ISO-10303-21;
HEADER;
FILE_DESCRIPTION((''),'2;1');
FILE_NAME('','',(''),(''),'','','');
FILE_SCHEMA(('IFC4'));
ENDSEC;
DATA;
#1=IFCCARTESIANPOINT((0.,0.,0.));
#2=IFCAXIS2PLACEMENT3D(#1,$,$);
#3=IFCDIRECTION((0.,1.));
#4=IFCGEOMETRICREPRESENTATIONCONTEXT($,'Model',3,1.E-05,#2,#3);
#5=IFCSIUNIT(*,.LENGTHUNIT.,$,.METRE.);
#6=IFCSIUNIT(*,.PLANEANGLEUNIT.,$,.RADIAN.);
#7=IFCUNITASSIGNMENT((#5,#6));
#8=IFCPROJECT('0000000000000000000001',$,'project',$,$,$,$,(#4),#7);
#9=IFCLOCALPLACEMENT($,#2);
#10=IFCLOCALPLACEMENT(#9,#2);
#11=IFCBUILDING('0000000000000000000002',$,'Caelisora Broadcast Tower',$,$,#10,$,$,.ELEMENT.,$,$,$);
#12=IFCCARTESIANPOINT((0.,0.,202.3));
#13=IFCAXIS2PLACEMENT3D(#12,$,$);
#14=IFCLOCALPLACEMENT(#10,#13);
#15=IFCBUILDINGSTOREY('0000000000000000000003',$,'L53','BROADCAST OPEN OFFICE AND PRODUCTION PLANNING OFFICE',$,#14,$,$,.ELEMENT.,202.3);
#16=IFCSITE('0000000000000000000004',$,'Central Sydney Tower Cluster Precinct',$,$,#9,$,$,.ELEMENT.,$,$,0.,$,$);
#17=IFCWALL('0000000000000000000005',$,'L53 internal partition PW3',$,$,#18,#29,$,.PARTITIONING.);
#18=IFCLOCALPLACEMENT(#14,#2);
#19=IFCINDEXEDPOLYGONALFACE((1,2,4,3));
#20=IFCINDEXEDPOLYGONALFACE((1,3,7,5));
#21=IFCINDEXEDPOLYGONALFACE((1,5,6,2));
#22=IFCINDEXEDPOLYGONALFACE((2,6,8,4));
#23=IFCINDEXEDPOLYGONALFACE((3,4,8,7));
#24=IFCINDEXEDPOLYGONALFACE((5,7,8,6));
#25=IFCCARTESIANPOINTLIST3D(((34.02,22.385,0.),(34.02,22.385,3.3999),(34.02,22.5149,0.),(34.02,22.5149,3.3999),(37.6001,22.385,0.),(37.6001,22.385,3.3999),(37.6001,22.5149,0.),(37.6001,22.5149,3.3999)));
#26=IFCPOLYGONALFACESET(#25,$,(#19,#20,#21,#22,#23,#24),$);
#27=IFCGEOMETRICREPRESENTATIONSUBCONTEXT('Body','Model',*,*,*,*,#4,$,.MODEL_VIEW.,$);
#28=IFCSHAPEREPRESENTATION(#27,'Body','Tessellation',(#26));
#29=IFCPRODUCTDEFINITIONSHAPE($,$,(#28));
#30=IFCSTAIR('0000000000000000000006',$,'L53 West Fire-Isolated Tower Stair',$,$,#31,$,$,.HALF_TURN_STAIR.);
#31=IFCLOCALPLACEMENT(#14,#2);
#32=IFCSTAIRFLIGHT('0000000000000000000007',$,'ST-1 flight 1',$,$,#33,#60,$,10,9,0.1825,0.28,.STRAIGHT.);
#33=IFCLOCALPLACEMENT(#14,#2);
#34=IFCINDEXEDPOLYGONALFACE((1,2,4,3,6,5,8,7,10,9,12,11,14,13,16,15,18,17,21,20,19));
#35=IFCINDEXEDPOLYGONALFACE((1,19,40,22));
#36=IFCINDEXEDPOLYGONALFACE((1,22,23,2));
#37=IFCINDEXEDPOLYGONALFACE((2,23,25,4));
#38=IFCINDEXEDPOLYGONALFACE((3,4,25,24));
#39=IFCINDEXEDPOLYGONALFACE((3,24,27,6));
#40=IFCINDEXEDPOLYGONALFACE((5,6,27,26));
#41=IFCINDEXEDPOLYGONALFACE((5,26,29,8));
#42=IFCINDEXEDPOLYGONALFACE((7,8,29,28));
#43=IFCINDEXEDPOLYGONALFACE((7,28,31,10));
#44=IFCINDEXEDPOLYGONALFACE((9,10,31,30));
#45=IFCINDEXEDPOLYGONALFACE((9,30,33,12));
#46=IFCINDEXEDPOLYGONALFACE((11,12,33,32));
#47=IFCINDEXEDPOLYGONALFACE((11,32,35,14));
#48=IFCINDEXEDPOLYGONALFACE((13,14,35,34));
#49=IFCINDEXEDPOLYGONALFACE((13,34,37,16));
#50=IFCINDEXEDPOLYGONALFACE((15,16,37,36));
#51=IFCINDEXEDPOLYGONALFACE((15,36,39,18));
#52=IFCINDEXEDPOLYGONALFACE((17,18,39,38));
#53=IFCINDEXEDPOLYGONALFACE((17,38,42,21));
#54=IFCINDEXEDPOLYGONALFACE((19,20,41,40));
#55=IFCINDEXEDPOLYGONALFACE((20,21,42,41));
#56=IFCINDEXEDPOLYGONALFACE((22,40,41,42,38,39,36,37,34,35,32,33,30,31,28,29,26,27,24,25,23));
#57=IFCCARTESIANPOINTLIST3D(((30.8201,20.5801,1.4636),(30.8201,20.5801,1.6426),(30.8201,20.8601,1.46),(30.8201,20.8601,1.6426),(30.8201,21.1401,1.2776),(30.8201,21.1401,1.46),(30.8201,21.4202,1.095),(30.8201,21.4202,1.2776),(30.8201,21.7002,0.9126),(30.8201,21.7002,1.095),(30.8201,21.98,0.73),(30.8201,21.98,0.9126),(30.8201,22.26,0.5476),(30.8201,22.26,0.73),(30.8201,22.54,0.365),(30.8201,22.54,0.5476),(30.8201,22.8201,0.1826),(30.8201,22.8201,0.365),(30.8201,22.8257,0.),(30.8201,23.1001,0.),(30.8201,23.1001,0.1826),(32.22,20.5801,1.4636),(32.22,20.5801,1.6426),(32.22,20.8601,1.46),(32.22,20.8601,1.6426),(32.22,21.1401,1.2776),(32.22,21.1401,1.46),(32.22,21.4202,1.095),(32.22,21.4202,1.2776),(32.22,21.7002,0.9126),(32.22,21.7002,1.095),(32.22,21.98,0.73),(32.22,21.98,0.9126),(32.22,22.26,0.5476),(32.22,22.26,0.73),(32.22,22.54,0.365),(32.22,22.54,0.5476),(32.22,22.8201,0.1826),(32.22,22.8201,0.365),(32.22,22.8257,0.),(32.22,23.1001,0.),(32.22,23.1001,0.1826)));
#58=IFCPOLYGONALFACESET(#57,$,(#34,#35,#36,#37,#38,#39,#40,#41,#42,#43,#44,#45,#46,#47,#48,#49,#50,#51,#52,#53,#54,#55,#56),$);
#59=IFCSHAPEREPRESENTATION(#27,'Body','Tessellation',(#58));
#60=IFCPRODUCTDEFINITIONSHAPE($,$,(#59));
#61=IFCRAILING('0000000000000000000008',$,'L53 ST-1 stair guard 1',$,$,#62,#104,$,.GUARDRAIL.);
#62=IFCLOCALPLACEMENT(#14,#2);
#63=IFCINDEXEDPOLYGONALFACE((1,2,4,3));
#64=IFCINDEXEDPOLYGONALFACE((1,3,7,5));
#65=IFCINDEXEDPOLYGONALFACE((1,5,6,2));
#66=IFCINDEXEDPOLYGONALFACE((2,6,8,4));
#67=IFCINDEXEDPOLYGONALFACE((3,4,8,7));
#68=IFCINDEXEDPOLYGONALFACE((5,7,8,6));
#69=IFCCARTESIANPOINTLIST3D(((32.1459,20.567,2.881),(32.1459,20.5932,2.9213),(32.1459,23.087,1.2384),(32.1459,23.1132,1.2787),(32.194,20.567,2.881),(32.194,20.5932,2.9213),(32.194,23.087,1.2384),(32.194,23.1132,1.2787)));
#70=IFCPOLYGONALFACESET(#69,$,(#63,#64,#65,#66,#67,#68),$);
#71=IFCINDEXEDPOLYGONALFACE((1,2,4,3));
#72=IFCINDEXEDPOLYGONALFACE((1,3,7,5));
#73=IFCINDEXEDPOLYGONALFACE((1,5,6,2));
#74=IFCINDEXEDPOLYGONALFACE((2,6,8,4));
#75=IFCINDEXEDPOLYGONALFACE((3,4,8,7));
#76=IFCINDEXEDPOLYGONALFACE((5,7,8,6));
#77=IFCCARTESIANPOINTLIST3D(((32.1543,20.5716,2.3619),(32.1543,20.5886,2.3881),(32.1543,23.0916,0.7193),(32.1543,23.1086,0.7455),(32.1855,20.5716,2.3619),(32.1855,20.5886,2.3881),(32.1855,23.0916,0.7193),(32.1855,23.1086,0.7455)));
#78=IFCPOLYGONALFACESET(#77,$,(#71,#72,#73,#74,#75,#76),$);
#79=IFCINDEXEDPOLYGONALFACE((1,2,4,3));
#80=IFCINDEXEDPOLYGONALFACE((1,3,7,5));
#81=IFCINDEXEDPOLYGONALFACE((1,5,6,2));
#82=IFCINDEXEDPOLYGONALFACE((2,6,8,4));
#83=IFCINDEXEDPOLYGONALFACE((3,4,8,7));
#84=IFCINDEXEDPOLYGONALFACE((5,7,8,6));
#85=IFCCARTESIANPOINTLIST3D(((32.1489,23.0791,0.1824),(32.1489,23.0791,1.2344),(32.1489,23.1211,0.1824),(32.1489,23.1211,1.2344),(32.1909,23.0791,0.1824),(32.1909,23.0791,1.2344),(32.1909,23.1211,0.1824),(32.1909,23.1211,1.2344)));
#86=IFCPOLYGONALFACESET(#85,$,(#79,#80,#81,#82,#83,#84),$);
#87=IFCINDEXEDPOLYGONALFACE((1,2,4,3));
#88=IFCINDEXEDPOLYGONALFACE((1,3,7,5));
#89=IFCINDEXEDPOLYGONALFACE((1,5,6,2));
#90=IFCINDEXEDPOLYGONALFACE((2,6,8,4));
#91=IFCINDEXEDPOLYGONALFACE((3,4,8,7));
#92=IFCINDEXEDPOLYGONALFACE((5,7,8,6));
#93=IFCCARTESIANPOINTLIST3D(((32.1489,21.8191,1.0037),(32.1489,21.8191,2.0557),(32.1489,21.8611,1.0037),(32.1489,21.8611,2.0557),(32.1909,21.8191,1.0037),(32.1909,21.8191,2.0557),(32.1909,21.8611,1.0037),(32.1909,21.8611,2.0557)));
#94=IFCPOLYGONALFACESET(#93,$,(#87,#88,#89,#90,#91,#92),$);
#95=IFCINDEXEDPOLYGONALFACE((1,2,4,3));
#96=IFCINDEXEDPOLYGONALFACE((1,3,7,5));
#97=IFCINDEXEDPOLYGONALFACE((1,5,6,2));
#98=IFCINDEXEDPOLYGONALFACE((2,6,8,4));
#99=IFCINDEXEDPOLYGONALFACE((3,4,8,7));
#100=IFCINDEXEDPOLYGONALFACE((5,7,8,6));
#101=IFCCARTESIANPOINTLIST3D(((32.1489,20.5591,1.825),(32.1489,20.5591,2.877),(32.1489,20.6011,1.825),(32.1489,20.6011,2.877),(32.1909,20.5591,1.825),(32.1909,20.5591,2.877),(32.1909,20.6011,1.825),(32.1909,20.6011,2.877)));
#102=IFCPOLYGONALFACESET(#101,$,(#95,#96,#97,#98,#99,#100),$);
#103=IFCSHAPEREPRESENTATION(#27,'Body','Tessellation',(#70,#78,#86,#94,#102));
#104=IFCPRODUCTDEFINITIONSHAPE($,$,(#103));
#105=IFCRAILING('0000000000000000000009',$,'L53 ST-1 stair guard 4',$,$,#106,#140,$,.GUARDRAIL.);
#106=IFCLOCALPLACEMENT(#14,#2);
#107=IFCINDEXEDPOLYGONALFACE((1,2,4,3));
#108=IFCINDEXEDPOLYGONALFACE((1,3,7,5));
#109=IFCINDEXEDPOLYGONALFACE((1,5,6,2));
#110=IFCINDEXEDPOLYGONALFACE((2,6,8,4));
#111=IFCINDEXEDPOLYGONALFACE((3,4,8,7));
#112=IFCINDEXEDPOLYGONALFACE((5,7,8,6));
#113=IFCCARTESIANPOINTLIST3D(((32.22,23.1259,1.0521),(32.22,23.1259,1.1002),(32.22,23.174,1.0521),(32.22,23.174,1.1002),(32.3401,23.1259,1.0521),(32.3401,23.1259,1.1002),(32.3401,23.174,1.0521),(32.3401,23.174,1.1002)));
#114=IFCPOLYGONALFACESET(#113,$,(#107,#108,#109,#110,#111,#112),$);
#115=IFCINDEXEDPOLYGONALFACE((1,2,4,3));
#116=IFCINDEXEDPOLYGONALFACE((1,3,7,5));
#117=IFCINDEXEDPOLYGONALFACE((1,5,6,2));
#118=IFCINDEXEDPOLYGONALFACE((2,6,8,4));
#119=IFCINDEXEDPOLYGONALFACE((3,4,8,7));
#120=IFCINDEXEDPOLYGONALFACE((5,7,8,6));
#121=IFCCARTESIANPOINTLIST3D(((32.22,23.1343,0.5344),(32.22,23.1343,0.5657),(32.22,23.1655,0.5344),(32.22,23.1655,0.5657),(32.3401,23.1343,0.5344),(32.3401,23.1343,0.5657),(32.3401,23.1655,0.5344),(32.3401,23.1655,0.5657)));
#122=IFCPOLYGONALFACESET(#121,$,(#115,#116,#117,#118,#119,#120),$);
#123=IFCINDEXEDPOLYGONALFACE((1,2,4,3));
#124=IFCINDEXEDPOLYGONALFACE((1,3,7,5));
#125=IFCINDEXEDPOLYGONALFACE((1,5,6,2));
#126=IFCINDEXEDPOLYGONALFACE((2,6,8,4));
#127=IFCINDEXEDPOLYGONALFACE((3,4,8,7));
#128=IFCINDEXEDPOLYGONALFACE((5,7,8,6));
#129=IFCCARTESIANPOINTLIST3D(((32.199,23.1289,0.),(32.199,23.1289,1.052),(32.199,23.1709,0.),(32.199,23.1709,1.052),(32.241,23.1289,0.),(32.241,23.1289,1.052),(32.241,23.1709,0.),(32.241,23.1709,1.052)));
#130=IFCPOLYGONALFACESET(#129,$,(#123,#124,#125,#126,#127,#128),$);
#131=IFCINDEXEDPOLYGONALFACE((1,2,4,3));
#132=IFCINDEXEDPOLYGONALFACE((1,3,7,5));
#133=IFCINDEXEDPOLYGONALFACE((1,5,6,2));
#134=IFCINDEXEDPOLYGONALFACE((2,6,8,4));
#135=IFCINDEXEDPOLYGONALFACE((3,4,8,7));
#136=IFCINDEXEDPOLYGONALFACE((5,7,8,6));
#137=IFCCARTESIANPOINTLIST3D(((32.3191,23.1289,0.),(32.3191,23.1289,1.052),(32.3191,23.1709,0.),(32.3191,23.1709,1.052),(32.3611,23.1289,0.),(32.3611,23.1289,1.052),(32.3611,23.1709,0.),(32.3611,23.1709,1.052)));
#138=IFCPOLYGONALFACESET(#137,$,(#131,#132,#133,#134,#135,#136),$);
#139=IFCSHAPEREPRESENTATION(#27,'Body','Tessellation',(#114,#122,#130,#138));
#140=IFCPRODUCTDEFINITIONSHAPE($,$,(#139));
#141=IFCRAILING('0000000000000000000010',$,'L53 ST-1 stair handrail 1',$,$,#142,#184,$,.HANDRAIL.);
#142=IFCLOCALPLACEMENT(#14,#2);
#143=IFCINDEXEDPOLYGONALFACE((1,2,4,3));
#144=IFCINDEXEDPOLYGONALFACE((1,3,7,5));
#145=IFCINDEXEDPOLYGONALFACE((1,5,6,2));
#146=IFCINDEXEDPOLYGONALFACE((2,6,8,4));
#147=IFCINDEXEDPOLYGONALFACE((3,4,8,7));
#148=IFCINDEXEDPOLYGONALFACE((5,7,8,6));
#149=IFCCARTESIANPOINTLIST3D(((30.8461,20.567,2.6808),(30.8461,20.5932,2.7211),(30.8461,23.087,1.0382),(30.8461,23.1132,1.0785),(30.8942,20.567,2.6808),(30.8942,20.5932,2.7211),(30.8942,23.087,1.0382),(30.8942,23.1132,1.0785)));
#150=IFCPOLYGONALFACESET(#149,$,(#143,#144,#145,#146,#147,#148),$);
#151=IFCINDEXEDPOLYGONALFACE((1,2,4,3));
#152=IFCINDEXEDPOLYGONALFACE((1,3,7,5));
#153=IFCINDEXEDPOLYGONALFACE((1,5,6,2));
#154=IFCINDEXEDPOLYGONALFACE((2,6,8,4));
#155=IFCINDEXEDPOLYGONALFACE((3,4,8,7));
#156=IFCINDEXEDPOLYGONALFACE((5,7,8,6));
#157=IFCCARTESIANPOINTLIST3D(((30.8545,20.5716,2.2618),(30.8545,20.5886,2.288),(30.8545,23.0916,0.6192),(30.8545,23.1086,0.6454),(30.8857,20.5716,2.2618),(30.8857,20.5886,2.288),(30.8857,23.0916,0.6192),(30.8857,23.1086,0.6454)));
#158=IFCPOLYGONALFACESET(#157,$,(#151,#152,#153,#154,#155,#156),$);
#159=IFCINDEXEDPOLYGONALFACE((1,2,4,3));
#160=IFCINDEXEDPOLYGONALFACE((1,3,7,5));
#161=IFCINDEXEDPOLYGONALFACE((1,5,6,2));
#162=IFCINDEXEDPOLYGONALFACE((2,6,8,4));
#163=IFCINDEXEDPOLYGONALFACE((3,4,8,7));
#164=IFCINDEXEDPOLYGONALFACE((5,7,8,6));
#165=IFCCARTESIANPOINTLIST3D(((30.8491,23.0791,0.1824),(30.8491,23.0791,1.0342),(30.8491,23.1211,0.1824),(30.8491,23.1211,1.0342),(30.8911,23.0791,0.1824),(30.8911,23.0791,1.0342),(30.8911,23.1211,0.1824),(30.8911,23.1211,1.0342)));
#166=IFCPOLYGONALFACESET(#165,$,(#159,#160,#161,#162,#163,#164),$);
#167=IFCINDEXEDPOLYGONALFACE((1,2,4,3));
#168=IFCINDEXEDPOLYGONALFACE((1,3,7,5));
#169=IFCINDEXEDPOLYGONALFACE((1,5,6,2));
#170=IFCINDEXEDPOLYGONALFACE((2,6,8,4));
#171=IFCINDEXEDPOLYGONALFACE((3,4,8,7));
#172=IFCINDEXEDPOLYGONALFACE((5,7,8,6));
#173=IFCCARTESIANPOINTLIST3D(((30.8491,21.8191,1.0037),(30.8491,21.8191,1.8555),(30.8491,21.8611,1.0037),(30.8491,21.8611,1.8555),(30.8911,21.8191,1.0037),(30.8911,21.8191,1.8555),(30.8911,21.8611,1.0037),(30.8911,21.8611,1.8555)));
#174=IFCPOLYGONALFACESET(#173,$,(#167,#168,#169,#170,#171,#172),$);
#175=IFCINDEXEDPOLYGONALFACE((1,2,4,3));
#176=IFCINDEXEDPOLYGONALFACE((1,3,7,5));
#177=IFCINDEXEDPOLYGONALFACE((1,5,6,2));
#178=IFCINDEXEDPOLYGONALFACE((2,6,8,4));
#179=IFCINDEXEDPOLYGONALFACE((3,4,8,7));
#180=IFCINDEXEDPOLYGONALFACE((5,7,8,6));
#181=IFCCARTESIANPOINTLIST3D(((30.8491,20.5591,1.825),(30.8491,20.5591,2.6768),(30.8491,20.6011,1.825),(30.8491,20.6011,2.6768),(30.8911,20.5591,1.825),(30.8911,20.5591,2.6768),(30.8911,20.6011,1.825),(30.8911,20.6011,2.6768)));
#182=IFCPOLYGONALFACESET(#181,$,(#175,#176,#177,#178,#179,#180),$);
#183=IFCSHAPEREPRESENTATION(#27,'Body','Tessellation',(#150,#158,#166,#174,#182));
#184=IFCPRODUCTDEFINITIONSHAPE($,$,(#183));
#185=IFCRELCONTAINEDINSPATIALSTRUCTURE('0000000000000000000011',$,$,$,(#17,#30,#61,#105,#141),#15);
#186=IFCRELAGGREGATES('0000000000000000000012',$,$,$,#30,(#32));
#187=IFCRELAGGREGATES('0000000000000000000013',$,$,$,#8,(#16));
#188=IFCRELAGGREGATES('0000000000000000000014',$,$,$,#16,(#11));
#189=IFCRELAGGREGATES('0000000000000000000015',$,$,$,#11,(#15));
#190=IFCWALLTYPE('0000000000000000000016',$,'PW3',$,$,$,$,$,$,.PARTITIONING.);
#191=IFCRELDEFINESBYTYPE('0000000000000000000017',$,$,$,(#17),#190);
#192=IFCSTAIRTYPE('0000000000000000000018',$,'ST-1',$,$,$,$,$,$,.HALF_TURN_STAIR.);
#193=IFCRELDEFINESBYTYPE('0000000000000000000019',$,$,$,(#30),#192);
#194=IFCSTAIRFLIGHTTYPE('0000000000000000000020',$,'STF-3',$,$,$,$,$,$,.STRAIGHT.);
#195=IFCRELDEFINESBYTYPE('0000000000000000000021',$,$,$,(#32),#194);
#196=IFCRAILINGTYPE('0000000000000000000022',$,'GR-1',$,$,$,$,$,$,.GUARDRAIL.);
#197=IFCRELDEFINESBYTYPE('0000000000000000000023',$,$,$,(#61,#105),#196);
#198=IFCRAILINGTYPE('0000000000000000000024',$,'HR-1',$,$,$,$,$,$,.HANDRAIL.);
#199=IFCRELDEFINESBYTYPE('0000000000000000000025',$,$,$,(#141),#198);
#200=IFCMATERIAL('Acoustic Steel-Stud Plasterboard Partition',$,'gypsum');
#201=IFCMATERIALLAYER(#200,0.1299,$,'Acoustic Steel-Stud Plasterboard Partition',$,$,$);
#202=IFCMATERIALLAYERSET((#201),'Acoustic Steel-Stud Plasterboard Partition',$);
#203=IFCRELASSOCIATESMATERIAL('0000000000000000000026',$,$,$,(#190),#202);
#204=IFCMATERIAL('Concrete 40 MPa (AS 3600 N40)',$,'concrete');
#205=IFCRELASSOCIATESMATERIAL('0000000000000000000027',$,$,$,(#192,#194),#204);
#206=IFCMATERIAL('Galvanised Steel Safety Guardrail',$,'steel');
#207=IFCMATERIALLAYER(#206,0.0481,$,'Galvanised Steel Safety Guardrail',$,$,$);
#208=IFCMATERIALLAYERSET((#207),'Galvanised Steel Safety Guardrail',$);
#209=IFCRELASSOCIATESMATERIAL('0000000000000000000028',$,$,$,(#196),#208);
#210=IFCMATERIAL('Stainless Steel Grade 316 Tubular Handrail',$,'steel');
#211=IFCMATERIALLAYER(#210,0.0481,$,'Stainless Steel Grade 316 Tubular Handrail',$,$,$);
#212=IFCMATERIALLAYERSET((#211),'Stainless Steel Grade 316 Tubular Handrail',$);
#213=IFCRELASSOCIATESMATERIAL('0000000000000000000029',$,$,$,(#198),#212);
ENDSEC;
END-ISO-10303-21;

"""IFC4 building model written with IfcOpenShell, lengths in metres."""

from ifc_helpers import new_model, si_unit, direction, frame, frame_2d, origin, origin_2d, place, context, subcontext, project, spatial, polyline, rectangle, outline, extrude, material, layer, layer_set, type_object, element, aggregate, save


model = new_model("IFC4")

# Units and contexts
model_context = context("Model", 3, precision=1e-05, world=origin(), true_north=direction((0.0, 1.0)))
body_context = subcontext(model_context, "Body", "Model", "MODEL_VIEW")
ifc_project = project(units=[si_unit("LENGTHUNIT", "METRE"), si_unit("PLANEANGLEUNIT", "RADIAN")], contexts=[model_context])

# Site, building, storey
site_placement = place(None, origin())
site = spatial("IfcSite", under=ifc_project, at=site_placement, Name="Central Sydney Tower Cluster Precinct", CompositionType="ELEMENT", RefElevation=0.0)
building_placement = place(site_placement, origin())
building = spatial("IfcBuilding", under=site, at=building_placement, Name="Caelisora Broadcast Tower", CompositionType="ELEMENT")
storey_placement = place(building_placement, frame((0.0, 0.0, 202.3)))
storey = spatial("IfcBuildingStorey", under=building, at=storey_placement, Name="L53", Description="BROADCAST OPEN OFFICE AND PRODUCTION PLANNING OFFICE", CompositionType="ELEMENT", Elevation=202.3)

# Wall
ifc_material_1 = material(Name="Acoustic Steel-Stud Plasterboard Partition", Category="gypsum")
ifc_layer_1 = layer(ifc_material_1, 0.1299, Name="Acoustic Steel-Stud Plasterboard Partition")
ifc_layer_set_1 = layer_set([ifc_layer_1], Name="Acoustic Steel-Stud Plasterboard Partition")
wall_type_1 = type_object("IfcWallType", Name="PW3", PredefinedType="PARTITIONING", material=ifc_layer_set_1)
wall_1_placement = place(storey_placement, frame((34.02, 22.45, 0.0), z_axis=(0.0, 0.0, 1.0), x_axis=(1.0, 0.0, 0.0)))
element("IfcWall", 1, at=wall_1_placement, inside=storey, type_object=wall_type_1, Name="L53 internal partition PW3", PredefinedType="PARTITIONING", context=body_context, shape_type="SweptSolid", body=[
    extrude(rectangle(XDim=3.5801, YDim=0.1299, at=frame_2d((1.79, 0.0))), origin(), (0.0, 0.0, 1.0), 3.3999),
])

# Stair, stair flight
ifc_material_2 = material(Name="Concrete 40 MPa (AS 3600 N40)", Category="concrete")
stair_type = type_object("IfcStairType", Name="ST-1", PredefinedType="HALF_TURN_STAIR", material=ifc_material_2)
stair_placement = place(storey_placement, origin())
stair = element("IfcStair", 2, at=stair_placement, inside=storey, type_object=stair_type, Name="L53 West Fire-Isolated Tower Stair", PredefinedType="HALF_TURN_STAIR")
stair_flight_type = type_object("IfcStairFlightType", Name="STF-3", PredefinedType="STRAIGHT", material=ifc_material_2)
stair_flight_placement = place(storey_placement, frame((31.52, 23.1001, 0.0), z_axis=(0.0, 0.0, 1.0), x_axis=(0.0, -1.0, 0.0)))
stair_flight = element("IfcStairFlight", 3, at=stair_flight_placement, type_object=stair_flight_type, Name="ST-1 flight 1", NumberOfRisers=10, NumberOfTreads=9, PredefinedType="STRAIGHT", RiserHeight=0.1825, TreadLength=0.28, context=body_context, shape_type="SweptSolid", body=[
    extrude(outline(polyline([(0.0, 0.0), (0.0, 0.1826), (0.28, 0.1826), (0.28, 0.365), (0.5601, 0.365), (0.5601, 0.5476), (0.8401, 0.5476), (0.8401, 0.73), (1.1201, 0.73), (1.1201, 0.9126), (1.3999, 0.9126), (1.3999, 1.095), (1.6799, 1.095), (1.6799, 1.2776), (1.96, 1.2776), (1.96, 1.46), (2.24, 1.46), (2.24, 1.6426), (2.52, 1.6426), (2.52, 1.825), (2.52, 1.4636), (0.2744, 0.0), (0.0, 0.0)])), frame((0.0, 0.7, 0.0), z_axis=(0.0, -1.0, 0.0), x_axis=(1.0, 0.0, 0.0)), (0.0, 0.0, 1.0), 1.3999),
])
aggregate(stair, [stair_flight])

# Railings
ifc_material_3 = material(Name="Galvanised Steel Safety Guardrail", Category="steel")
ifc_layer_2 = layer(ifc_material_3, 0.0481, Name="Galvanised Steel Safety Guardrail")
ifc_layer_set_2 = layer_set([ifc_layer_2], Name="Galvanised Steel Safety Guardrail")
railing_type_1 = type_object("IfcRailingType", Name="GR-1", PredefinedType="GUARDRAIL", material=ifc_layer_set_2)
railing_1_placement = place(storey_placement, frame((32.1699, 23.1001, 0.1824)))
element("IfcRailing", 4, at=railing_1_placement, inside=storey, type_object=railing_type_1, Name="L53 ST-1 stair guard 1", PredefinedType="GUARDRAIL", context=body_context, shape_type="SweptSolid", body=[
    extrude(rectangle(XDim=0.0481, YDim=0.0481, at=origin_2d()), frame((0.0, 0.0, 1.0762), z_axis=(0.0, -0.837749, 0.546055), x_axis=(1.0, 0.0, 0.0)), (0.0, 0.0, 1.0), 3.0081),
    extrude(rectangle(XDim=0.0312, YDim=0.0312, at=origin_2d()), frame((0.0, 0.0, 0.55), z_axis=(0.0, -0.837749, 0.546055), x_axis=(1.0, 0.0, 0.0)), (0.0, 0.0, 1.0), 3.0081),
    extrude(rectangle(XDim=0.042, YDim=0.042, at=origin_2d()), origin(), (0.0, 0.0, 1.0), 1.052),
    extrude(rectangle(XDim=0.042, YDim=0.042, at=origin_2d()), frame((0.0, -1.26, 0.8213)), (0.0, 0.0, 1.0), 1.052),
    extrude(rectangle(XDim=0.042, YDim=0.042, at=origin_2d()), frame((0.0, -2.52, 1.6426)), (0.0, 0.0, 1.0), 1.052),
])
railing_2_placement = place(storey_placement, frame((32.22, 23.1499, 0.0)))
element("IfcRailing", 5, at=railing_2_placement, inside=storey, type_object=railing_type_1, Name="L53 ST-1 stair guard 4", PredefinedType="GUARDRAIL", context=body_context, shape_type="SweptSolid", body=[
    extrude(rectangle(XDim=0.0481, YDim=0.0481, at=origin_2d()), frame((0.0, 0.0, 1.0762), z_axis=(1.0, 0.0, 0.0), x_axis=(0.0, 1.0, 0.0)), (0.0, 0.0, 1.0), 0.1201),
    extrude(rectangle(XDim=0.0312, YDim=0.0312, at=origin_2d()), frame((0.0, 0.0, 0.55), z_axis=(1.0, 0.0, 0.0), x_axis=(0.0, 1.0, 0.0)), (0.0, 0.0, 1.0), 0.1201),
    extrude(rectangle(XDim=0.042, YDim=0.042, at=origin_2d()), origin(), (0.0, 0.0, 1.0), 1.052),
    extrude(rectangle(XDim=0.042, YDim=0.042, at=origin_2d()), frame((0.1201, 0.0, 0.0)), (0.0, 0.0, 1.0), 1.052),
])
ifc_material_4 = material(Name="Stainless Steel Grade 316 Tubular Handrail", Category="steel")
ifc_layer_3 = layer(ifc_material_4, 0.0481, Name="Stainless Steel Grade 316 Tubular Handrail")
ifc_layer_set_3 = layer_set([ifc_layer_3], Name="Stainless Steel Grade 316 Tubular Handrail")
railing_type_2 = type_object("IfcRailingType", Name="HR-1", PredefinedType="HANDRAIL", material=ifc_layer_set_3)
railing_3_placement = place(storey_placement, frame((30.8701, 23.1001, 0.1824)))
element("IfcRailing", 6, at=railing_3_placement, inside=storey, type_object=railing_type_2, Name="L53 ST-1 stair handrail 1", PredefinedType="HANDRAIL", context=body_context, shape_type="SweptSolid", body=[
    extrude(rectangle(XDim=0.0481, YDim=0.0481, at=origin_2d()), frame((0.0, 0.0, 0.876), z_axis=(0.0, -0.837749, 0.546055), x_axis=(1.0, 0.0, 0.0)), (0.0, 0.0, 1.0), 3.0081),
    extrude(rectangle(XDim=0.0312, YDim=0.0312, at=origin_2d()), frame((0.0, 0.0, 0.45), z_axis=(0.0, -0.837749, 0.546055), x_axis=(1.0, 0.0, 0.0)), (0.0, 0.0, 1.0), 3.0081),
    extrude(rectangle(XDim=0.042, YDim=0.042, at=origin_2d()), origin(), (0.0, 0.0, 1.0), 0.8518),
    extrude(rectangle(XDim=0.042, YDim=0.042, at=origin_2d()), frame((0.0, -1.26, 0.8213)), (0.0, 0.0, 1.0), 0.8518),
    extrude(rectangle(XDim=0.042, YDim=0.042, at=origin_2d()), frame((0.0, -2.52, 1.6426)), (0.0, 0.0, 1.0), 0.8518),
])

save(model, "model.ifc")
